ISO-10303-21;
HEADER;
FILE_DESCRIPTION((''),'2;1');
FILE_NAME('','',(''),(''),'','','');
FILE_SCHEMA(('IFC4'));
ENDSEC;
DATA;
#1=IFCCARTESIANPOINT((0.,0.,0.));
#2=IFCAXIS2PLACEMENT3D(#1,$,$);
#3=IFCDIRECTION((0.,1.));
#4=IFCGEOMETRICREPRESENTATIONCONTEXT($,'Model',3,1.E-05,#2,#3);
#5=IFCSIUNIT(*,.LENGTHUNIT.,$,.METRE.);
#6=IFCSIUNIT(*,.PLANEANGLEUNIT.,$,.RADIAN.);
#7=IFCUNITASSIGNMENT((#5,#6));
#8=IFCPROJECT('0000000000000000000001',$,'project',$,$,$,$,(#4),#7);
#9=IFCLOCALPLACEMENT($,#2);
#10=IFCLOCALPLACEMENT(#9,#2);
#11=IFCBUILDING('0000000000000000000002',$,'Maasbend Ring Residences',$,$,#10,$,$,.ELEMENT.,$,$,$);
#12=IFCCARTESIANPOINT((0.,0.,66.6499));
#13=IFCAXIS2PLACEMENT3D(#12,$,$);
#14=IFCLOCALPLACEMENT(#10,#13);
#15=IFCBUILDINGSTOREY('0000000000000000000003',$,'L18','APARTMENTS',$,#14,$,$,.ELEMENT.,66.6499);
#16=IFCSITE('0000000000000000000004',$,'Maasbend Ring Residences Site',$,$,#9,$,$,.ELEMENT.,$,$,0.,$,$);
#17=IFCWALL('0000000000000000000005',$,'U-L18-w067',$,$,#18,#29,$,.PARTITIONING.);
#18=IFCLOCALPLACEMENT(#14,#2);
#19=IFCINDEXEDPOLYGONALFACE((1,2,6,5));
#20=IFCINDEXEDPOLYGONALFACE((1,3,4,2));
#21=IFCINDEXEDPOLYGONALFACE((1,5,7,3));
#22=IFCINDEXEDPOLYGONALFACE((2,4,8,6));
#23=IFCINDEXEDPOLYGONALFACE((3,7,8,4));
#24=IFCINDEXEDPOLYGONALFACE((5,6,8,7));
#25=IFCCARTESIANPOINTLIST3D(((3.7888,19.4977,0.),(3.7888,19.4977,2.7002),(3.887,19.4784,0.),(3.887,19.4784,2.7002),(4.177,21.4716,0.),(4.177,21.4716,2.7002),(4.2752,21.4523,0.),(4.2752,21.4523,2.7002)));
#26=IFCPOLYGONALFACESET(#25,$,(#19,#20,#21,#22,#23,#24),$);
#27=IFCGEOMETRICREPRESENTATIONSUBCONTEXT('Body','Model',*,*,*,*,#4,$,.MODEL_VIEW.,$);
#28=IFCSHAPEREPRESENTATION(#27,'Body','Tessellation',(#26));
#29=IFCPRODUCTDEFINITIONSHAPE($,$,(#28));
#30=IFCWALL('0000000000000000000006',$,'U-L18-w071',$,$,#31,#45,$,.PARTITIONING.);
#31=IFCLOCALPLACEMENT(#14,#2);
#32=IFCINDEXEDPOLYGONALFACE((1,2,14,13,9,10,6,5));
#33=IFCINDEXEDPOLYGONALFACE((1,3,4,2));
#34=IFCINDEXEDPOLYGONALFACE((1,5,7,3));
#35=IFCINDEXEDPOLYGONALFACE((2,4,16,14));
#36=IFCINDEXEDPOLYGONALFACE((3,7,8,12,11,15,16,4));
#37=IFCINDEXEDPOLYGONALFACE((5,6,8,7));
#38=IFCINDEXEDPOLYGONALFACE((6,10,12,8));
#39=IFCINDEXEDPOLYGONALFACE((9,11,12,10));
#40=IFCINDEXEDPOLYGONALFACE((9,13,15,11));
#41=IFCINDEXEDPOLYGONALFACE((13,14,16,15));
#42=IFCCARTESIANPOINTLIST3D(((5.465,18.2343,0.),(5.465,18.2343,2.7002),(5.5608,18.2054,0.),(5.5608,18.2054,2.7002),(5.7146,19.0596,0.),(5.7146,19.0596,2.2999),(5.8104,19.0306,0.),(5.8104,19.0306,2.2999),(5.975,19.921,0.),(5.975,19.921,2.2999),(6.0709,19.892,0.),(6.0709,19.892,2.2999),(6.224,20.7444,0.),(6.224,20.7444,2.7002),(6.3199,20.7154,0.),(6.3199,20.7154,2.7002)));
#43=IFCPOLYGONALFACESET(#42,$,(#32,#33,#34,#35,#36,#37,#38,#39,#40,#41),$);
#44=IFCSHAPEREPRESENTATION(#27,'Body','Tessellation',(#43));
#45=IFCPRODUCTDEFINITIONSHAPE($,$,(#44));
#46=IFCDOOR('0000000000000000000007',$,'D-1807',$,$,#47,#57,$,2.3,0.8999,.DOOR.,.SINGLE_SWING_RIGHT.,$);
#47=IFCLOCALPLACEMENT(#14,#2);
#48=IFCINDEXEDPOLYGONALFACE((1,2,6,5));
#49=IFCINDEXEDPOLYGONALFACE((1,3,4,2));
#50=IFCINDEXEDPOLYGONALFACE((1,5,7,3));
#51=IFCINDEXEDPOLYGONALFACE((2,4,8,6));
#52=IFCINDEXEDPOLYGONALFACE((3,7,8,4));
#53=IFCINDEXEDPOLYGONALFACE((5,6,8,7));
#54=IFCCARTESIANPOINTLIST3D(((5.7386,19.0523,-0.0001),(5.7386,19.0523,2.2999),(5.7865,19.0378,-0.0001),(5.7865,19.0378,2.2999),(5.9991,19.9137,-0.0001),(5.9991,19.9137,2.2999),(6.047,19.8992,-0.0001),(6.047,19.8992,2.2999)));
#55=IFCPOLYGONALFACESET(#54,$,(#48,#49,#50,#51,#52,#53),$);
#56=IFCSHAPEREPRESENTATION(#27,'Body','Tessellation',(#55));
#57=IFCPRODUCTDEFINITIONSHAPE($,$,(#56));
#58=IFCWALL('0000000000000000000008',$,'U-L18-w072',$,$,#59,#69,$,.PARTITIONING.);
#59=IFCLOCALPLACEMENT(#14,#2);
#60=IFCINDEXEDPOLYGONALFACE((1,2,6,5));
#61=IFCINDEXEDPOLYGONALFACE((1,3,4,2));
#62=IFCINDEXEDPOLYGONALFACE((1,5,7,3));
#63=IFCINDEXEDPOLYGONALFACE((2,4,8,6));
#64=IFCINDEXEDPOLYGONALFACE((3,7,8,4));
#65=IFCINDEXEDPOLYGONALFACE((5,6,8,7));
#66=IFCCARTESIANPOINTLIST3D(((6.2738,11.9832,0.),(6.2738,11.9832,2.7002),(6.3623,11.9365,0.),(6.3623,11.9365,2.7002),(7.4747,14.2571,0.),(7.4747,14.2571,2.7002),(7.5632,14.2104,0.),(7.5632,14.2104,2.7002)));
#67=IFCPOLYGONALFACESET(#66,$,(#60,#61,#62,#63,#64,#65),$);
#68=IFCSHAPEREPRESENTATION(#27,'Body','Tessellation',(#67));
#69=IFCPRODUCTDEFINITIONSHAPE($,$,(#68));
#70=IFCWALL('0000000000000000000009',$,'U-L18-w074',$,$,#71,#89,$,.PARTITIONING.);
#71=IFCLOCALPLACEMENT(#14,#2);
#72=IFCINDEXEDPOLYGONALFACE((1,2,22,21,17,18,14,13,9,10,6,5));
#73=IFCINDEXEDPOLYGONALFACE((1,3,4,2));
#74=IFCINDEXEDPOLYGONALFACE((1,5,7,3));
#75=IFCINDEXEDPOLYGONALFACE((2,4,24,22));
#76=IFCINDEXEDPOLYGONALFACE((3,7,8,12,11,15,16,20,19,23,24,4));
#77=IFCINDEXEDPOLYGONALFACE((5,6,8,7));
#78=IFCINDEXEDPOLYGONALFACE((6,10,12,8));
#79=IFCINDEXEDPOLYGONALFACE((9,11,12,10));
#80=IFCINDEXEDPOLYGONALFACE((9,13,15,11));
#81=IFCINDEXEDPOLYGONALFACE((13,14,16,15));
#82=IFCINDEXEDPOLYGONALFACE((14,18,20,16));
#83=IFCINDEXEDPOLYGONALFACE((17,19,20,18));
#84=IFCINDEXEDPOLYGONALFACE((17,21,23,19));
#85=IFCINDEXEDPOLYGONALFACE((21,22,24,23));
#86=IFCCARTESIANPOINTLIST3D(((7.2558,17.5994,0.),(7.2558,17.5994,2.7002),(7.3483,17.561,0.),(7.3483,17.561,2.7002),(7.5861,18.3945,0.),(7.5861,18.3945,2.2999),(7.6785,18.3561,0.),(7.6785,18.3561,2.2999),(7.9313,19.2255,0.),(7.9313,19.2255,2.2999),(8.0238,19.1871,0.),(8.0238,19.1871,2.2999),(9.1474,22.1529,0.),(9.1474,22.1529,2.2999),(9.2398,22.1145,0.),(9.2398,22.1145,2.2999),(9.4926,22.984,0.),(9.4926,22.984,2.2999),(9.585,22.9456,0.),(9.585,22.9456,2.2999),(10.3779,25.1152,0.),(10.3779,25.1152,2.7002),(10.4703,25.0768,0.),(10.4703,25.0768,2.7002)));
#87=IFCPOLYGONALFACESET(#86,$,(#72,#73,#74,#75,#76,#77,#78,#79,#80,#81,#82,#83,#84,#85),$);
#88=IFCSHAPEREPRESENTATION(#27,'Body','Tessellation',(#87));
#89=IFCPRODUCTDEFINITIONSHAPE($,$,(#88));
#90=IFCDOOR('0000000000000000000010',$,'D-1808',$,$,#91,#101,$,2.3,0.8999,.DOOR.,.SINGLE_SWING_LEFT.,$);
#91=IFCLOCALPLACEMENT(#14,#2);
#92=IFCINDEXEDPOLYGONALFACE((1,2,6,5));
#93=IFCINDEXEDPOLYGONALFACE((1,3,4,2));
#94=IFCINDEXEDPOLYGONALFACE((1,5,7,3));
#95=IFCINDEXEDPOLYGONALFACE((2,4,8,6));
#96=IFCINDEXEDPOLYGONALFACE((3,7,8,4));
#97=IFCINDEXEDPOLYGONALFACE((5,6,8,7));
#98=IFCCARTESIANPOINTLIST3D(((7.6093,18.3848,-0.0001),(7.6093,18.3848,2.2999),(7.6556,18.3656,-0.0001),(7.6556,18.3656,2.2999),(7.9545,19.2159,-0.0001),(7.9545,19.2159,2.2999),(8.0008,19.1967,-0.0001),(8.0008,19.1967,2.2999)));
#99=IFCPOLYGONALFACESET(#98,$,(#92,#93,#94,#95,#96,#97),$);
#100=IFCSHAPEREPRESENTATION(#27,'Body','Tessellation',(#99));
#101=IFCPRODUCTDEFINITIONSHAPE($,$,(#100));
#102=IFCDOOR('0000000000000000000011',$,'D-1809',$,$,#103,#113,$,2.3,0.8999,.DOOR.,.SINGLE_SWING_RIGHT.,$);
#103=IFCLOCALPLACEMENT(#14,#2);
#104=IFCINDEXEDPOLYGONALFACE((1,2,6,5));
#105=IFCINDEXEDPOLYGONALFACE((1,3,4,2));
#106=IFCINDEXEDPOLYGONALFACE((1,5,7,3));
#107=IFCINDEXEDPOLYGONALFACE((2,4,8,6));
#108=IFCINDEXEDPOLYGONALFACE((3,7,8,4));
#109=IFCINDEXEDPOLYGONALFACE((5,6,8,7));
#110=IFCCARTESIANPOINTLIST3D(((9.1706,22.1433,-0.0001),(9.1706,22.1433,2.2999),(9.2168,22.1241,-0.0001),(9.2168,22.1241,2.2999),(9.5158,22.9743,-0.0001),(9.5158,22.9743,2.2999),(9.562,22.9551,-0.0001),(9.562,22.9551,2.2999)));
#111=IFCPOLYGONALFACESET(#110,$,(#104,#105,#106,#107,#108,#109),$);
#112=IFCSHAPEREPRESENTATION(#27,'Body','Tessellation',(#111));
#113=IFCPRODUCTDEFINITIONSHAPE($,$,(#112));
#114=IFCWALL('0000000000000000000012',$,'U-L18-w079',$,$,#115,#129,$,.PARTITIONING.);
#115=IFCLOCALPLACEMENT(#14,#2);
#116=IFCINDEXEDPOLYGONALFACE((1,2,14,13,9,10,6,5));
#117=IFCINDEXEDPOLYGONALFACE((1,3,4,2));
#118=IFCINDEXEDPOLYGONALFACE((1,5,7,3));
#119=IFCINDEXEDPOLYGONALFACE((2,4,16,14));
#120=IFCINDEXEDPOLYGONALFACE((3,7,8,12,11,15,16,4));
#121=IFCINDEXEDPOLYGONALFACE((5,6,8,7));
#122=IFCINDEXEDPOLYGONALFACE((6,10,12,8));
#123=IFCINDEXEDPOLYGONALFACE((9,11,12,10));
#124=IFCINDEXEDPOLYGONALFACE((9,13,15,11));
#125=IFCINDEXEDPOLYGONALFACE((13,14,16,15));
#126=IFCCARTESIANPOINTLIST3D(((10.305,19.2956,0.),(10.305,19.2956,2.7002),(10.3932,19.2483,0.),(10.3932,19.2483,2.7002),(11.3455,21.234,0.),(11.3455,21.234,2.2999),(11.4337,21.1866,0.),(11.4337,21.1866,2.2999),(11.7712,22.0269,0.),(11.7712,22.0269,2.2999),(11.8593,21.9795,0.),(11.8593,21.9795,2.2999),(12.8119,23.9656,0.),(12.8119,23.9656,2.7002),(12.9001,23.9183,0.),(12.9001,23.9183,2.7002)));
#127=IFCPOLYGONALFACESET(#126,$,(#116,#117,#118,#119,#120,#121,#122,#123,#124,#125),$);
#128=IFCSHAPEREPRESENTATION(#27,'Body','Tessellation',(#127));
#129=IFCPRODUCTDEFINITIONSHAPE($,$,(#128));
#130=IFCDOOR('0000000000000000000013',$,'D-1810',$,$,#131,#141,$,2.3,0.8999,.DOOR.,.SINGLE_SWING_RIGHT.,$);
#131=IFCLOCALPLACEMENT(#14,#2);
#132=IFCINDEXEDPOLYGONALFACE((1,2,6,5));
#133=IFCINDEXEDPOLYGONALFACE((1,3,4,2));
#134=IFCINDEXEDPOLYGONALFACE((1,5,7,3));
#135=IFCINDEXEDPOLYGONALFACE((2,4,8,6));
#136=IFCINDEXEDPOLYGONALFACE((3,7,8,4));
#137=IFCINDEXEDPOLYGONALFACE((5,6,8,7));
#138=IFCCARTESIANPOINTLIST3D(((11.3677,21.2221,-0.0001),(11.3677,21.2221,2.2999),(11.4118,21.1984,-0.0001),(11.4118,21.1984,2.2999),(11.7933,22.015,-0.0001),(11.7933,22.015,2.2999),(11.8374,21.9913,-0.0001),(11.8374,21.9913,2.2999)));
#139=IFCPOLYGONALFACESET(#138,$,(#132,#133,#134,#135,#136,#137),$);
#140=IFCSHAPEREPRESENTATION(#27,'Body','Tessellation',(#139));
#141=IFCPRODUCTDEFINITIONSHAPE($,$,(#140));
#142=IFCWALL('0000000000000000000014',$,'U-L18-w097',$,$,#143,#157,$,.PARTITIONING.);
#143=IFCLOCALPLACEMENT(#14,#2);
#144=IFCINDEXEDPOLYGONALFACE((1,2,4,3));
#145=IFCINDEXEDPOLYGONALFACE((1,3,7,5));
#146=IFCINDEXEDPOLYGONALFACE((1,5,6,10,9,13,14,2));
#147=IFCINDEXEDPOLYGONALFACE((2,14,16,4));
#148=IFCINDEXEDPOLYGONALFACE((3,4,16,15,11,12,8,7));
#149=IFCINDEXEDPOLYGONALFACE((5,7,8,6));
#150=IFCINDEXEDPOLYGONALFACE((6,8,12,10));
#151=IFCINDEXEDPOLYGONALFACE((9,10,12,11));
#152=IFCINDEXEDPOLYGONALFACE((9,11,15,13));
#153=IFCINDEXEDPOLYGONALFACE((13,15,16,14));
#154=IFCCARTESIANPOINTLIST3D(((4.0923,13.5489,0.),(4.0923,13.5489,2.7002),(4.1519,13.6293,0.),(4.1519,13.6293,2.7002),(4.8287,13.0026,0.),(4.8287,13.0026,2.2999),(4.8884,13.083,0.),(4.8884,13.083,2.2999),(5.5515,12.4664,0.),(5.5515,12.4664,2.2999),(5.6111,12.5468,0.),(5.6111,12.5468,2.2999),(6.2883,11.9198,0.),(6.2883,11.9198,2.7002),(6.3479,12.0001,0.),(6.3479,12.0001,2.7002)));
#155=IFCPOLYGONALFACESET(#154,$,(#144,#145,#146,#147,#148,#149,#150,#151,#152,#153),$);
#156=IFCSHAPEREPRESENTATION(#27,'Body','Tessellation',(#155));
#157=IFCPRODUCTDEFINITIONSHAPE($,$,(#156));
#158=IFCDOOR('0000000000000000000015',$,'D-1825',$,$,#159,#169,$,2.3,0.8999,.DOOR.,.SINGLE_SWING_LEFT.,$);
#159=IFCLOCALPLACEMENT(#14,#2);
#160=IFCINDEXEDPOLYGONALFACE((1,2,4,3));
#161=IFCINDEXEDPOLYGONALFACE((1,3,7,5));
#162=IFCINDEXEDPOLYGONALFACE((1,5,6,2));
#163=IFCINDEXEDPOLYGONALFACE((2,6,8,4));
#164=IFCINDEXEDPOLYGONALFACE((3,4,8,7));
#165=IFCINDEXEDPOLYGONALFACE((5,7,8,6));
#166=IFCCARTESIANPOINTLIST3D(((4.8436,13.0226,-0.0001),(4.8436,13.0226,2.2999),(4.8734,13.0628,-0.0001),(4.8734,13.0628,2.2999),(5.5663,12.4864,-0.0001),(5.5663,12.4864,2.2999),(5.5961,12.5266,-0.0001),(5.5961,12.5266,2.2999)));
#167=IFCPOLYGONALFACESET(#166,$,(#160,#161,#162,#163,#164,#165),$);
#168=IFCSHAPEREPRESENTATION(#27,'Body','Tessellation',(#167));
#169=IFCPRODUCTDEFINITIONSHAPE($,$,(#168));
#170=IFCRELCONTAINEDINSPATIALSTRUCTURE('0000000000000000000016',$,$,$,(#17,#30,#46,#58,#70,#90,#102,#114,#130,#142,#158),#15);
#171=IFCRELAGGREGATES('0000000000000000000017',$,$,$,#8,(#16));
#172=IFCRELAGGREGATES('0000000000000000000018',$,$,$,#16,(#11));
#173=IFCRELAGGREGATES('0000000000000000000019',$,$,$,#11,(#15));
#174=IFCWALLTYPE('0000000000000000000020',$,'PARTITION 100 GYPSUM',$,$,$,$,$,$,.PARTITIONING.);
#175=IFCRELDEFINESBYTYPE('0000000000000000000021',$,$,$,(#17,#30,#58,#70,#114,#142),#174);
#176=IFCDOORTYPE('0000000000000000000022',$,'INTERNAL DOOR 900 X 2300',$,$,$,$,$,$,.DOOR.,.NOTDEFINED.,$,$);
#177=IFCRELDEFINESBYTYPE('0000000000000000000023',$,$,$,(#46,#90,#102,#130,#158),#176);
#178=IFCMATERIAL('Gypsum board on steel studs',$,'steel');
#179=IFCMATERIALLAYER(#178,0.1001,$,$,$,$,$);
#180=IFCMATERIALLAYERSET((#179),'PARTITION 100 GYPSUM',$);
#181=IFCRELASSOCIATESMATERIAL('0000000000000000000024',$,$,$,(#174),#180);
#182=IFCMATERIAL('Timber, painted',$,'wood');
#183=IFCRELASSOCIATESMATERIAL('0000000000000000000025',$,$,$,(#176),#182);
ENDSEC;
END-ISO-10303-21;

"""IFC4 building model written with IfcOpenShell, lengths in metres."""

from ifc_helpers import new_model, si_unit, direction, frame, frame_2d, origin, place, context, subcontext, project, spatial, rectangle, extrude, material, layer, layer_set, type_object, element, fill, save


model = new_model("IFC4")

# Units and contexts
model_context = context("Model", 3, precision=1e-05, world=origin(), true_north=direction((0.0, 1.0)))
body_context = subcontext(model_context, "Body", "Model", "MODEL_VIEW")
ifc_project = project(units=[si_unit("LENGTHUNIT", "METRE"), si_unit("PLANEANGLEUNIT", "RADIAN")], contexts=[model_context])

# Site, building, storey
site_placement = place(None, origin())
site = spatial("IfcSite", under=ifc_project, at=site_placement, Name="Maasbend Ring Residences Site", CompositionType="ELEMENT", RefElevation=0.0)
building_placement = place(site_placement, origin())
building = spatial("IfcBuilding", under=site, at=building_placement, Name="Maasbend Ring Residences", CompositionType="ELEMENT")
storey_placement = place(building_placement, frame((0.0, 0.0, 66.6499)))
storey = spatial("IfcBuildingStorey", under=building, at=storey_placement, Name="L18", Description="APARTMENTS", CompositionType="ELEMENT", Elevation=66.6499)

# Wall
ifc_material_1 = material(Name="Gypsum board on steel studs", Category="steel")
ifc_layer_1 = layer(ifc_material_1, 0.1001)
ifc_layer_set_1 = layer_set([ifc_layer_1], Name="PARTITION 100 GYPSUM")
wall_type_1 = type_object("IfcWallType", Name="PARTITION 100 GYPSUM", PredefinedType="PARTITIONING", material=ifc_layer_set_1)
wall_1_placement = place(storey_placement, frame((3.8379, 19.488, 0.0), z_axis=(0.0, 0.0, 1.0), x_axis=(0.192964, 0.981206, 0.0)))
element("IfcWall", 1, at=wall_1_placement, inside=storey, type_object=wall_type_1, Name="U-L18-w067", PredefinedType="PARTITIONING", context=body_context, shape_type="SweptSolid", body=[
    extrude(rectangle(XDim=2.0117, YDim=0.1001, at=frame_2d((1.0059, 0.0))), origin(), (0.0, 0.0, 1.0), 2.7002),
])

# Wall, opening, door
wall_2_placement = place(storey_placement, frame((5.5129, 18.22, 0.0), z_axis=(0.0, 0.0, 1.0), x_axis=(0.289457, 0.957191, 0.0)))
wall_2 = element("IfcWall", 2, at=wall_2_placement, inside=storey, type_object=wall_type_1, Name="U-L18-w071", PredefinedType="PARTITIONING", context=body_context, shape_type="SweptSolid", body=[
    extrude(rectangle(XDim=2.6223, YDim=0.1001, at=frame_2d((1.311, 0.0))), origin(), (0.0, 0.0, 1.0), 2.7002),
])
opening_1_placement = place(wall_2_placement, frame((0.8621, 0.0, 0.0)))
opening_1 = element("IfcOpeningElement", 3, at=opening_1_placement, cuts=wall_2, PredefinedType="OPENING", context=body_context, shape_type="SweptSolid", body=[
    extrude(rectangle(XDim=0.8999, YDim=2.3, at=frame_2d((0.45, 1.1499))), frame((0.0, 0.0601, 0.0), z_axis=(0.0, -1.0, 0.0), x_axis=(1.0, 0.0, 0.0)), (0.0, 0.0, 1.0), 0.1201),
])
ifc_material_2 = material(Name="Timber, painted", Category="wood")
door_type_1 = type_object("IfcDoorType", Name="INTERNAL DOOR 900 X 2300", OperationType="NOTDEFINED", PredefinedType="DOOR", material=ifc_material_2)
door_1_placement = place(opening_1_placement, origin())
door_1 = element("IfcDoor", 4, at=door_1_placement, inside=storey, type_object=door_type_1, Name="D-1807", OperationType="SINGLE_SWING_RIGHT", OverallHeight=2.3, OverallWidth=0.8999, PredefinedType="DOOR", context=body_context, shape_type="SweptSolid", body=[
    extrude(rectangle(XDim=0.8999, YDim=2.3, at=frame_2d((0.45, 1.1499))), frame((0.0, 0.0249, 0.0), z_axis=(0.0, -1.0, 0.0), x_axis=(1.0, 0.0, 0.0)), (0.0, 0.0, 1.0), 0.05),
])
fill(opening_1, door_1)

# Wall
wall_3_placement = place(storey_placement, frame((6.3181, 11.96, 0.0), z_axis=(0.0, 0.0, 1.0), x_axis=(0.467002, 0.884256, 0.0)))
element("IfcWall", 5, at=wall_3_placement, inside=storey, type_object=wall_type_1, Name="U-L18-w072", PredefinedType="PARTITIONING", context=body_context, shape_type="SweptSolid", body=[
    extrude(rectangle(XDim=2.5715, YDim=0.1001, at=frame_2d((1.2856, 0.0))), origin(), (0.0, 0.0, 1.0), 2.7002),
])

# Wall, openings, doors
wall_4_placement = place(storey_placement, frame((7.302, 17.5801, 0.0), z_axis=(0.0, 0.0, 1.0), x_axis=(0.383616, 0.923493, 0.0)))
wall_4 = element("IfcWall", 6, at=wall_4_placement, inside=storey, type_object=wall_type_1, Name="U-L18-w074", PredefinedType="PARTITIONING", context=body_context, shape_type="SweptSolid", body=[
    extrude(rectangle(XDim=8.1384, YDim=0.1001, at=frame_2d((4.0693, 0.0))), origin(), (0.0, 0.0, 1.0), 2.7002),
])
opening_2_placement = place(wall_4_placement, frame((0.8611, 0.0, 0.0)))
opening_2 = element("IfcOpeningElement", 7, at=opening_2_placement, cuts=wall_4, PredefinedType="OPENING", context=body_context, shape_type="SweptSolid", body=[
    extrude(rectangle(XDim=0.8999, YDim=2.3, at=frame_2d((0.45, 1.1499))), frame((0.0, 0.0601, 0.0), z_axis=(0.0, -1.0, 0.0), x_axis=(1.0, 0.0, 0.0)), (0.0, 0.0, 1.0), 0.1201),
])
opening_3_placement = place(wall_4_placement, frame((4.9309, 0.0, 0.0)))
opening_3 = element("IfcOpeningElement", 8, at=opening_3_placement, cuts=wall_4, PredefinedType="OPENING", context=body_context, shape_type="SweptSolid", body=[
    extrude(rectangle(XDim=0.8999, YDim=2.3, at=frame_2d((0.45, 1.1499))), frame((0.0, 0.0601, 0.0), z_axis=(0.0, -1.0, 0.0), x_axis=(1.0, 0.0, 0.0)), (0.0, 0.0, 1.0), 0.1201),
])
door_2_placement = place(opening_2_placement, origin())
door_2 = element("IfcDoor", 9, at=door_2_placement, inside=storey, type_object=door_type_1, Name="D-1808", OperationType="SINGLE_SWING_LEFT", OverallHeight=2.3, OverallWidth=0.8999, PredefinedType="DOOR", context=body_context, shape_type="SweptSolid", body=[
    extrude(rectangle(XDim=0.8999, YDim=2.3, at=frame_2d((0.45, 1.1499))), frame((0.0, 0.0249, 0.0), z_axis=(0.0, -1.0, 0.0), x_axis=(1.0, 0.0, 0.0)), (0.0, 0.0, 1.0), 0.05),
])
fill(opening_2, door_2)
door_3_placement = place(opening_3_placement, origin())
door_3 = element("IfcDoor", 10, at=door_3_placement, inside=storey, type_object=door_type_1, Name="D-1809", OperationType="SINGLE_SWING_RIGHT", OverallHeight=2.3, OverallWidth=0.8999, PredefinedType="DOOR", context=body_context, shape_type="SweptSolid", body=[
    extrude(rectangle(XDim=0.8999, YDim=2.3, at=frame_2d((0.45, 1.1499))), frame((0.0, 0.0249, 0.0), z_axis=(0.0, -1.0, 0.0), x_axis=(1.0, 0.0, 0.0)), (0.0, 0.0, 1.0), 0.05),
])
fill(opening_3, door_3)

# Walls, openings, doors
wall_5_placement = place(storey_placement, frame((10.3491, 19.272, 0.0), z_axis=(0.0, 0.0, 1.0), x_axis=(0.472968, 0.88108, 0.0)))
wall_5 = element("IfcWall", 11, at=wall_5_placement, inside=storey, type_object=wall_type_1, Name="U-L18-w079", PredefinedType="PARTITIONING", context=body_context, shape_type="SweptSolid", body=[
    extrude(rectangle(XDim=5.3003, YDim=0.1001, at=frame_2d((2.6501, 0.0))), origin(), (0.0, 0.0, 1.0), 2.7002),
])
opening_4_placement = place(wall_5_placement, frame((2.2, 0.0, 0.0)))
opening_4 = element("IfcOpeningElement", 12, at=opening_4_placement, cuts=wall_5, PredefinedType="OPENING", context=body_context, shape_type="SweptSolid", body=[
    extrude(rectangle(XDim=0.8999, YDim=2.3, at=frame_2d((0.45, 1.1499))), frame((0.0, 0.0601, 0.0), z_axis=(0.0, -1.0, 0.0), x_axis=(1.0, 0.0, 0.0)), (0.0, 0.0, 1.0), 0.1201),
])
door_4_placement = place(opening_4_placement, origin())
door_4 = element("IfcDoor", 13, at=door_4_placement, inside=storey, type_object=door_type_1, Name="D-1810", OperationType="SINGLE_SWING_RIGHT", OverallHeight=2.3, OverallWidth=0.8999, PredefinedType="DOOR", context=body_context, shape_type="SweptSolid", body=[
    extrude(rectangle(XDim=0.8999, YDim=2.3, at=frame_2d((0.45, 1.1499))), frame((0.0, 0.0249, 0.0), z_axis=(0.0, -1.0, 0.0), x_axis=(1.0, 0.0, 0.0)), (0.0, 0.0, 1.0), 0.05),
])
fill(opening_4, door_4)
wall_6_placement = place(storey_placement, frame((4.1221, 13.5891, 0.0), z_axis=(0.0, 0.0, 1.0), x_axis=(0.803128, -0.595806, 0.0)))
wall_6 = element("IfcWall", 14, at=wall_6_placement, inside=storey, type_object=wall_type_1, Name="U-L18-w097", PredefinedType="PARTITIONING", context=body_context, shape_type="SweptSolid", body=[
    extrude(rectangle(XDim=2.7344, YDim=0.1001, at=frame_2d((1.3672, 0.0))), origin(), (0.0, 0.0, 1.0), 2.7002),
])
opening_5_placement = place(wall_6_placement, frame((0.917, 0.0, 0.0)))
opening_5 = element("IfcOpeningElement", 15, at=opening_5_placement, cuts=wall_6, PredefinedType="OPENING", context=body_context, shape_type="SweptSolid", body=[
    extrude(rectangle(XDim=0.8999, YDim=2.3, at=frame_2d((0.45, 1.1499))), frame((0.0, 0.0601, 0.0), z_axis=(0.0, -1.0, 0.0), x_axis=(1.0, 0.0, 0.0)), (0.0, 0.0, 1.0), 0.1201),
])
door_5_placement = place(opening_5_placement, origin())
door_5 = element("IfcDoor", 16, at=door_5_placement, inside=storey, type_object=door_type_1, Name="D-1825", OperationType="SINGLE_SWING_LEFT", OverallHeight=2.3, OverallWidth=0.8999, PredefinedType="DOOR", context=body_context, shape_type="SweptSolid", body=[
    extrude(rectangle(XDim=0.8999, YDim=2.3, at=frame_2d((0.45, 1.1499))), frame((0.0, 0.0249, 0.0), z_axis=(0.0, -1.0, 0.0), x_axis=(1.0, 0.0, 0.0)), (0.0, 0.0, 1.0), 0.05),
])
fill(opening_5, door_5)

save(model, "model.ifc")
